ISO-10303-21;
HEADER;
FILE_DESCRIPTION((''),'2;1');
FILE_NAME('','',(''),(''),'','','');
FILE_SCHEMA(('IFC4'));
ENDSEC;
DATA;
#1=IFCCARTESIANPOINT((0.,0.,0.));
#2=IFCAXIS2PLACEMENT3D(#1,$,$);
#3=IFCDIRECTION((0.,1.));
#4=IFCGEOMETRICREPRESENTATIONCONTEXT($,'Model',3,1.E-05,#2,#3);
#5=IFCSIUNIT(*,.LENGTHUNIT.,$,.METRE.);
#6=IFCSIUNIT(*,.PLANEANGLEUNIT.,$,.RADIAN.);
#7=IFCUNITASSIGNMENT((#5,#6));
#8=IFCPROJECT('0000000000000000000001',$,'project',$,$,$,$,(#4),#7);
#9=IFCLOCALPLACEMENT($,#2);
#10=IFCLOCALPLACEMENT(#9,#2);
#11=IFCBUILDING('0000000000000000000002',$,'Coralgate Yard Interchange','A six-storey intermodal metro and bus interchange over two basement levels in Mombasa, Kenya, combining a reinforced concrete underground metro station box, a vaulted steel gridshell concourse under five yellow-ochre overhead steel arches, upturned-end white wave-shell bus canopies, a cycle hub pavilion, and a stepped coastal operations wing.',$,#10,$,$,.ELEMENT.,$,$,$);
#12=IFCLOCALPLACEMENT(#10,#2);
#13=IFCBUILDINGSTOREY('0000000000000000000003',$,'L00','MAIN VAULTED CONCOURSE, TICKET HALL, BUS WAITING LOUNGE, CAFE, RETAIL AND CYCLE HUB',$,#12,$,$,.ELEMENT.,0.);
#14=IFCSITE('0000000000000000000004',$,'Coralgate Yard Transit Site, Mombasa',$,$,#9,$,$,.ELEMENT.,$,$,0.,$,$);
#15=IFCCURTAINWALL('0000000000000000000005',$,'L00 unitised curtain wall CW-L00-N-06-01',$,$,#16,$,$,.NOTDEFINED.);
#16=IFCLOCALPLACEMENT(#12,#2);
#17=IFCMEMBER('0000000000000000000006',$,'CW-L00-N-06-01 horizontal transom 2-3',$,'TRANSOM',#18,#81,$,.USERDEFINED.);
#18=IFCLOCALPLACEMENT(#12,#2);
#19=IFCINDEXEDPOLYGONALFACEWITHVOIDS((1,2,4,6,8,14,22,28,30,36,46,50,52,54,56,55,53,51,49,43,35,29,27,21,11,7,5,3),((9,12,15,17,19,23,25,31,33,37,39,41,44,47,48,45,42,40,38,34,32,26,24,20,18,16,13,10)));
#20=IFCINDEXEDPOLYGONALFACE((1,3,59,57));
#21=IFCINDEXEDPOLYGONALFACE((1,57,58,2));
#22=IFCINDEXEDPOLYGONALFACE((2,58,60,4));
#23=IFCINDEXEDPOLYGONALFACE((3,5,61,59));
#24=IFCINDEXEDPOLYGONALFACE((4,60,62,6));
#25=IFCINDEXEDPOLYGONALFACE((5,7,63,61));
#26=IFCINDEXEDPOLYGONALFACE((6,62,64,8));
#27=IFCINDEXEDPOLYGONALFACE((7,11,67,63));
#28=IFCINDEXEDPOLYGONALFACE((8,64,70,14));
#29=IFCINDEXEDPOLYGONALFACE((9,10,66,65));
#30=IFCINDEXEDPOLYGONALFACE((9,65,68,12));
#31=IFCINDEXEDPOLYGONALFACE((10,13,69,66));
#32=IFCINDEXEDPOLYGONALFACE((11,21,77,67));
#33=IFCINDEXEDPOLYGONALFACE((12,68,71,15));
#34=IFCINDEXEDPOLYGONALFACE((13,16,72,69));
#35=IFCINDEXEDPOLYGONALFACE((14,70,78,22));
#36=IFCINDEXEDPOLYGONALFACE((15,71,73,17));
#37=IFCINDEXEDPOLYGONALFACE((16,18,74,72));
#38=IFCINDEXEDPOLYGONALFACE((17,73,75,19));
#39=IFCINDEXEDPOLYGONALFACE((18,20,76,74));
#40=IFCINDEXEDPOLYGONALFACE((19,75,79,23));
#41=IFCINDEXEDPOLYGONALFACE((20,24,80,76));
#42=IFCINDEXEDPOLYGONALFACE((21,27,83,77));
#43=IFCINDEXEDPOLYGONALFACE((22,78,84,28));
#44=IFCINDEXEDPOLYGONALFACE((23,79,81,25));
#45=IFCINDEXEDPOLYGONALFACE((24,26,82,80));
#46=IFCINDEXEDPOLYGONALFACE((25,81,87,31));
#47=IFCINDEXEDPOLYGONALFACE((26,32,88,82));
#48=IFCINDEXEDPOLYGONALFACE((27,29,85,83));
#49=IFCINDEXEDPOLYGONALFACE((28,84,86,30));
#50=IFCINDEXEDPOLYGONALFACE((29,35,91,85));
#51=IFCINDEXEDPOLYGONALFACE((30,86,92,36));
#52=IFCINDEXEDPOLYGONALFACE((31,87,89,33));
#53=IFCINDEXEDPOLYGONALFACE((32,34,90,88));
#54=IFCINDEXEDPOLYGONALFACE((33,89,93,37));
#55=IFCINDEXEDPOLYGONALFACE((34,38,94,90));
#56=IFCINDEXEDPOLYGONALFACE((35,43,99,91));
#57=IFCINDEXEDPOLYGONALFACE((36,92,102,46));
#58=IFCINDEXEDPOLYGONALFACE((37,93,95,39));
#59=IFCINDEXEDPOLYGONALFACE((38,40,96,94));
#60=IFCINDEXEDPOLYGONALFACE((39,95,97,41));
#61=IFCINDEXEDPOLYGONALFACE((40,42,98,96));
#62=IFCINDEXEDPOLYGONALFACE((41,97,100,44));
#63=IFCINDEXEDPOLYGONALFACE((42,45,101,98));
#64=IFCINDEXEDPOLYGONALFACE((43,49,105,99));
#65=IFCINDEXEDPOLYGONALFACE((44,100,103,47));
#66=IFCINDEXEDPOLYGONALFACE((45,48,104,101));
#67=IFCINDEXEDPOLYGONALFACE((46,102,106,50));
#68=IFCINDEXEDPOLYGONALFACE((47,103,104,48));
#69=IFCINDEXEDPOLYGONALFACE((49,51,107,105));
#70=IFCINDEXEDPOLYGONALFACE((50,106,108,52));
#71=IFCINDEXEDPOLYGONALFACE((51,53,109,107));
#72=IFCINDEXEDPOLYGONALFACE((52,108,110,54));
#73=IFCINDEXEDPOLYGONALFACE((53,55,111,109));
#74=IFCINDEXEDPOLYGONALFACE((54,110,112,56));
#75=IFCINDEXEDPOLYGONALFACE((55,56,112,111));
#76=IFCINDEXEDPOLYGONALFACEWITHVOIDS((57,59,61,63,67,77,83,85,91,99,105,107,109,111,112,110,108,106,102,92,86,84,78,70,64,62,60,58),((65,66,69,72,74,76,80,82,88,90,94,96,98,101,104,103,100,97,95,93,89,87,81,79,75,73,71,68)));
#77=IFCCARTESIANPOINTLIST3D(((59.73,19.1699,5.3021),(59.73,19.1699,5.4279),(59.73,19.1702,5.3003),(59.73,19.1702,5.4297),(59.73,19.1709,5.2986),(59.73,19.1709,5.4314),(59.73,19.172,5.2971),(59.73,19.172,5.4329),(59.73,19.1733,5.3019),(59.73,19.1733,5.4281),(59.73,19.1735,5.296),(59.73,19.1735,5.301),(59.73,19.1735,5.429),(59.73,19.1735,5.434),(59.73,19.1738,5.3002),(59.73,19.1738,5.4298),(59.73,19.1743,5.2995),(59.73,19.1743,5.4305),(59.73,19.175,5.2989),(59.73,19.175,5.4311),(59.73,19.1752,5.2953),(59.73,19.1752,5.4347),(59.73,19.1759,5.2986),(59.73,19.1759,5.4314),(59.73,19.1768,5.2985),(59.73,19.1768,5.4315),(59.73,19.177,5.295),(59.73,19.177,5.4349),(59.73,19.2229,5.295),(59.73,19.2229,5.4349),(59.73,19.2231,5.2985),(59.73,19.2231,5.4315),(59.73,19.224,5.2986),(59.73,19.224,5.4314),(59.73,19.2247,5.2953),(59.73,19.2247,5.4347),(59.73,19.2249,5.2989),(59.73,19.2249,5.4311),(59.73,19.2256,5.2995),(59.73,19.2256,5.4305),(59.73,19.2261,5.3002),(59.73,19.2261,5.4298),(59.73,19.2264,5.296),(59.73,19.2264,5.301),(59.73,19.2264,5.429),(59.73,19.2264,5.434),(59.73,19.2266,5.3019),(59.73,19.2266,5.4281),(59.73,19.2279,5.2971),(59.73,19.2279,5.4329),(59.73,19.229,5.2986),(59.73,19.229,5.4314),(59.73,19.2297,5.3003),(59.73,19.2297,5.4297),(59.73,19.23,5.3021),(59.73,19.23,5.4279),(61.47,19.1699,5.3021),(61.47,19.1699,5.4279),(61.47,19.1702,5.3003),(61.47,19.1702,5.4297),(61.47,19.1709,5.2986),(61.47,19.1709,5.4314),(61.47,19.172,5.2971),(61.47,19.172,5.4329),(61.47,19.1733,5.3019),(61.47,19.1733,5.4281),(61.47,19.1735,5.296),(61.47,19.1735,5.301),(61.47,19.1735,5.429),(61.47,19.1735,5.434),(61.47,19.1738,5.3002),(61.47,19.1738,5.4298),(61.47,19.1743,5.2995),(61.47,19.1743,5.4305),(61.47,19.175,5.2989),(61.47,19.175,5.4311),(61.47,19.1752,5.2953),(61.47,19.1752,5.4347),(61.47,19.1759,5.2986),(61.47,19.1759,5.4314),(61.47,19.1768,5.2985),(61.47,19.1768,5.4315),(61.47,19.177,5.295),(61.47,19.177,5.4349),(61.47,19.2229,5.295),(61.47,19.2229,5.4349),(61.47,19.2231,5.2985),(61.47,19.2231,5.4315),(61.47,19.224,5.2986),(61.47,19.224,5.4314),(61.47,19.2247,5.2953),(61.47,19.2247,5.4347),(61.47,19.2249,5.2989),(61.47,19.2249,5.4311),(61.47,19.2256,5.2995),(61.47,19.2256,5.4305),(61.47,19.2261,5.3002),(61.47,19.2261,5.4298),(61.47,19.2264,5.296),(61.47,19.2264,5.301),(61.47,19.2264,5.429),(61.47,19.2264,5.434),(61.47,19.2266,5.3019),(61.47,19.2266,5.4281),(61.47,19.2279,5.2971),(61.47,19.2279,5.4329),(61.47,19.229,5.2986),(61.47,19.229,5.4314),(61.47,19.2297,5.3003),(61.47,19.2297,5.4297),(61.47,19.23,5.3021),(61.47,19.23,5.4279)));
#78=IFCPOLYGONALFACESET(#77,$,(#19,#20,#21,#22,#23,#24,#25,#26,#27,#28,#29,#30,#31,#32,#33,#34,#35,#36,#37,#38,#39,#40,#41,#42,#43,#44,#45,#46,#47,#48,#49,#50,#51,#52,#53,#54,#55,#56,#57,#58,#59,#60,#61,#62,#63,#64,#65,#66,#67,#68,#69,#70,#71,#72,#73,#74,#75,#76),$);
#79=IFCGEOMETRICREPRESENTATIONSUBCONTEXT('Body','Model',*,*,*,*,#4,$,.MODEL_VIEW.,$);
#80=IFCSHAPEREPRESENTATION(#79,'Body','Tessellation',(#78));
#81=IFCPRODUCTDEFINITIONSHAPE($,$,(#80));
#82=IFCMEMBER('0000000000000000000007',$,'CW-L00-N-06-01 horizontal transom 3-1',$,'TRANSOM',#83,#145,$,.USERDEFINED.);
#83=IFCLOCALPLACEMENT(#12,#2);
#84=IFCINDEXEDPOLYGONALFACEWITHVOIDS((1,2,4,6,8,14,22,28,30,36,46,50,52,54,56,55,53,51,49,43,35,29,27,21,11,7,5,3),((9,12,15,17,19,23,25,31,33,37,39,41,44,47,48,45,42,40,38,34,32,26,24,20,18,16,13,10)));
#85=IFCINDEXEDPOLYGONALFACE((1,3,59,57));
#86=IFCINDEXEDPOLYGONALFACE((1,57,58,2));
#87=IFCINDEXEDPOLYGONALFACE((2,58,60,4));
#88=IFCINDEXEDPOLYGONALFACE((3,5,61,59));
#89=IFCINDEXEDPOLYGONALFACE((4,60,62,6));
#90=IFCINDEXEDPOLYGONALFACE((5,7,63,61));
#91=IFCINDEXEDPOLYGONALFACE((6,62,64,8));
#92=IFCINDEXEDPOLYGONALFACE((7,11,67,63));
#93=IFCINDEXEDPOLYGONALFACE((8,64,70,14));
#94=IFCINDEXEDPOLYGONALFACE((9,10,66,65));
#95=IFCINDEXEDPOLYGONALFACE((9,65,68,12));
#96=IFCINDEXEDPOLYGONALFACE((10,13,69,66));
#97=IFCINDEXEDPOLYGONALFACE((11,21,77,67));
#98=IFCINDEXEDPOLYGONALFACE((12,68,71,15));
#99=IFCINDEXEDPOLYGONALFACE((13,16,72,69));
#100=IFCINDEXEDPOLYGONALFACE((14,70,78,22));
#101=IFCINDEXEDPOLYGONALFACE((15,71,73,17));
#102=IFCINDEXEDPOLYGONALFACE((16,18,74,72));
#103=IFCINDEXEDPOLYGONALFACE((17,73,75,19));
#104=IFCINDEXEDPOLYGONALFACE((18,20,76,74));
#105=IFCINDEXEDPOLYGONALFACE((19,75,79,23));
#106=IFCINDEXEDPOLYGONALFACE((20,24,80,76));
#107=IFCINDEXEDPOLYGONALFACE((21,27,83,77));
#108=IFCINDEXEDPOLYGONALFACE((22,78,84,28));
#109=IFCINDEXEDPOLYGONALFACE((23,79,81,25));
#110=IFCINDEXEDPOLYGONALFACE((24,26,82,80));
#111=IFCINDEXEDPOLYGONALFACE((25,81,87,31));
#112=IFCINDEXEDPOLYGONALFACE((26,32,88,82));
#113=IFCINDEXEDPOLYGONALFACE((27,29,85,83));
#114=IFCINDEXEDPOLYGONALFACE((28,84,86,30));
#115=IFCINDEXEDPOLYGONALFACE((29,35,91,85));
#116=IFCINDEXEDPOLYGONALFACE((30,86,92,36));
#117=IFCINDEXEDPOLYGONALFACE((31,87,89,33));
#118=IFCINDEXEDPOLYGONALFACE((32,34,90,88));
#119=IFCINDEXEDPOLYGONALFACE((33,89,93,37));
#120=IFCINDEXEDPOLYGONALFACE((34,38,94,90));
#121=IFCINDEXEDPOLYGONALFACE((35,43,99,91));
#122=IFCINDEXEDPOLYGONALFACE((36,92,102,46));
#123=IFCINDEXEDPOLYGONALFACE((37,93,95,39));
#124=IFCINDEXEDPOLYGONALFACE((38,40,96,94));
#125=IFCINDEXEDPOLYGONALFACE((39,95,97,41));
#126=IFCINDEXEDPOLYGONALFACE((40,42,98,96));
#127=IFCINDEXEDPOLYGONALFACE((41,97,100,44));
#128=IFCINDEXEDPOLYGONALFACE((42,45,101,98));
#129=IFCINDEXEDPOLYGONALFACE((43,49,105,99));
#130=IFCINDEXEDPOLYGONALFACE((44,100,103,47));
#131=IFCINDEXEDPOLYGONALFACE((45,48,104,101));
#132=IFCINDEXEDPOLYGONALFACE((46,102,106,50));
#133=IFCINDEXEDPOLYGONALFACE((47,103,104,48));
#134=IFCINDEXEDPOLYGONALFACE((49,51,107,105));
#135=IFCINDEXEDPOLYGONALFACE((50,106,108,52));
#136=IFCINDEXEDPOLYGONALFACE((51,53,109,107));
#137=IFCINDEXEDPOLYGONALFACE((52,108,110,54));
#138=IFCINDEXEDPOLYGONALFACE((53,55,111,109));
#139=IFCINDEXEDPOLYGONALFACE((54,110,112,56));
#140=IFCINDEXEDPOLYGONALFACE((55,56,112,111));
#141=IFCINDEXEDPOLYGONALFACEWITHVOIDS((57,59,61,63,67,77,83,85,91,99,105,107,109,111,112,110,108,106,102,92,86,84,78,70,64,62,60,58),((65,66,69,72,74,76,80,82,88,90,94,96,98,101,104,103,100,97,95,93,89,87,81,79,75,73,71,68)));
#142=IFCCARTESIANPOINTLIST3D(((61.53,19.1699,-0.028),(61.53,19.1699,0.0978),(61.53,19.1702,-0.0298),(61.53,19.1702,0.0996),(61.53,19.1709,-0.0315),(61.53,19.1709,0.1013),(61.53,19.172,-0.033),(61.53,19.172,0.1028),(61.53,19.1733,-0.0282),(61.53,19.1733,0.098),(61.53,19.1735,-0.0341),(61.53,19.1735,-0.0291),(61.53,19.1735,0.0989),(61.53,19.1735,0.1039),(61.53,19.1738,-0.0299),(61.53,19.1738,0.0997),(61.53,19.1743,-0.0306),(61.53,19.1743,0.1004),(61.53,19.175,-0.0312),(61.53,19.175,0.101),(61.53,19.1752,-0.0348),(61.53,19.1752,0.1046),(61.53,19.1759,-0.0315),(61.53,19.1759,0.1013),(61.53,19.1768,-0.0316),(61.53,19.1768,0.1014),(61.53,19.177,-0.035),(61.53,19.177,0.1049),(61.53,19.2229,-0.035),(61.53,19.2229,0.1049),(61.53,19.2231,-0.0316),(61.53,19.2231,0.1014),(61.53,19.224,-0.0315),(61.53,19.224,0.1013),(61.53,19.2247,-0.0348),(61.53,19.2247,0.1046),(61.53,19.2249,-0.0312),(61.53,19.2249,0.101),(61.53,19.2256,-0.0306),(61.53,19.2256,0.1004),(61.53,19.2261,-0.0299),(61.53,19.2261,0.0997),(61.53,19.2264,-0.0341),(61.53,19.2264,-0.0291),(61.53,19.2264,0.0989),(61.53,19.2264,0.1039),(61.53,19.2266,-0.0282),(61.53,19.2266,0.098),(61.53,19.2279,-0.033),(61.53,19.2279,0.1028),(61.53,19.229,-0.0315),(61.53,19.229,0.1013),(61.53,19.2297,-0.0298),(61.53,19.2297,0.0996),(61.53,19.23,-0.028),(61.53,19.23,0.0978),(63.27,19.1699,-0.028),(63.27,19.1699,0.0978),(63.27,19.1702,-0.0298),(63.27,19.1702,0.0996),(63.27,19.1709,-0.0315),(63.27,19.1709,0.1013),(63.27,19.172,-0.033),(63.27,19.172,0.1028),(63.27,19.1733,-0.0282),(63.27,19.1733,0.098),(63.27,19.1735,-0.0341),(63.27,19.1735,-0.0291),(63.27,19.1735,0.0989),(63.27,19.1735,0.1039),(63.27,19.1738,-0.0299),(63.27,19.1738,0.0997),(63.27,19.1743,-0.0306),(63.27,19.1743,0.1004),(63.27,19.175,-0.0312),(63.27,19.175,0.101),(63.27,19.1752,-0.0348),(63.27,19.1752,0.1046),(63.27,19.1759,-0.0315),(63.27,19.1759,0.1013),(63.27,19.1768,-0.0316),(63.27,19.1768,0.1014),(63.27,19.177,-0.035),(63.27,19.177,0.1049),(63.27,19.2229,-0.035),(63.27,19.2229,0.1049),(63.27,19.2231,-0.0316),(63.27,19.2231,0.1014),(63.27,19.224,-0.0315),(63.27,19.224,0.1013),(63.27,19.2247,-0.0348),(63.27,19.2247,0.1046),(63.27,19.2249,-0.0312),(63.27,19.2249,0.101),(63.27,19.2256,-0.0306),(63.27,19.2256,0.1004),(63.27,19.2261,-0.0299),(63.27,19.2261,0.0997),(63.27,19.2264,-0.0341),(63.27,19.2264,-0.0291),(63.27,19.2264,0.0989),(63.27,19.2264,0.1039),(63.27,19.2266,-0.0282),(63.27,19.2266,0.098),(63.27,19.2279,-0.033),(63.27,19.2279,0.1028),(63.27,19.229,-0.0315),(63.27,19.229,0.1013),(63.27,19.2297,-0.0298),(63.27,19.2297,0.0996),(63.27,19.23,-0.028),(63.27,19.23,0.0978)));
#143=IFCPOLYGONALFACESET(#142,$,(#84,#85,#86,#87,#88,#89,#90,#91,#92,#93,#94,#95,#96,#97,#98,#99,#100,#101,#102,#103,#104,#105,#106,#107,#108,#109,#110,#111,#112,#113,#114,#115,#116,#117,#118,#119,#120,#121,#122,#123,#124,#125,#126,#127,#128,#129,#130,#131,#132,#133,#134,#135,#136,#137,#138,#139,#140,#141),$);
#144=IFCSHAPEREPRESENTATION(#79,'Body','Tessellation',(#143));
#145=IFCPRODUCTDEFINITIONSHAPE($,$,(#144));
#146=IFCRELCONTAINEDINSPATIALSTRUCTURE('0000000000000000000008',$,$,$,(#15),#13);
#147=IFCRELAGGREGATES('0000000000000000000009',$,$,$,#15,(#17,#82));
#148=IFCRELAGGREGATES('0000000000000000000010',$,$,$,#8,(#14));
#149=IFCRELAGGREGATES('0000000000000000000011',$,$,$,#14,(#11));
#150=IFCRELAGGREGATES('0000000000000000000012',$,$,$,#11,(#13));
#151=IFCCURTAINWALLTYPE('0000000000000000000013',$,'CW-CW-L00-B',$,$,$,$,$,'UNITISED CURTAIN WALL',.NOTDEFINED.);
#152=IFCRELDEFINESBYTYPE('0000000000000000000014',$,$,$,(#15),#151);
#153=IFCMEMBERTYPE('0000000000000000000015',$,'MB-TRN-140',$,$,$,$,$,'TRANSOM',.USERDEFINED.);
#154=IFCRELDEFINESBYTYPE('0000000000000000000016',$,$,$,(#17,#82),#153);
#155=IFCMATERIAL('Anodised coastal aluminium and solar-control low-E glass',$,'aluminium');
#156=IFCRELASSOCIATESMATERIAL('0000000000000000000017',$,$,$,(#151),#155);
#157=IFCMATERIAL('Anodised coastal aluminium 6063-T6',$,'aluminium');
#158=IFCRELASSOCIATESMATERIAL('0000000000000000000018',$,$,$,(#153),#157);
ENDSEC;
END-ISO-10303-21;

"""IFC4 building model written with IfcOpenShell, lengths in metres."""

from ifc_helpers import new_model, si_unit, direction, frame, origin, origin_2d, place, context, subcontext, project, spatial, hollow_rectangle, extrude, material, material_profile, profile_set, type_object, element, aggregate, save


model = new_model("IFC4")

# Units and contexts
model_context = context("Model", 3, precision=1e-05, world=origin(), true_north=direction((0.0, 1.0)))
body_context = subcontext(model_context, "Body", "Model", "MODEL_VIEW")
ifc_project = project(units=[si_unit("LENGTHUNIT", "METRE"), si_unit("PLANEANGLEUNIT", "RADIAN")], contexts=[model_context])

# Site, building, storey
site_placement = place(None, origin())
site = spatial("IfcSite", under=ifc_project, at=site_placement, Name="Coralgate Yard Transit Site, Mombasa", CompositionType="ELEMENT", RefElevation=0.0)
building_placement = place(site_placement, origin())
building = spatial("IfcBuilding", under=site, at=building_placement, Name="Coralgate Yard Interchange", Description="A six-storey intermodal metro and bus interchange over two basement levels in Mombasa, Kenya, combining a reinforced concrete underground metro station box, a vaulted steel gridshell concourse under five yellow-ochre overhead steel arches, upturned-end white wave-shell bus canopies, a cycle hub pavilion, and a stepped coastal operations wing.", CompositionType="ELEMENT")
storey_placement = place(building_placement, origin())
storey = spatial("IfcBuildingStorey", under=building, at=storey_placement, Name="L00", Description="MAIN VAULTED CONCOURSE, TICKET HALL, BUS WAITING LOUNGE, CAFE, RETAIL AND CYCLE HUB", CompositionType="ELEMENT", Elevation=0.0)

# Curtain wall, members
ifc_material_1 = material(Name="Anodised coastal aluminium and solar-control low-E glass", Category="aluminium")
curtain_wall_type = type_object("IfcCurtainWallType", Name="CW-CW-L00-B", ElementType="UNITISED CURTAIN WALL", PredefinedType="NOTDEFINED", material=ifc_material_1)
curtain_wall_placement = place(storey_placement, origin())
curtain_wall = element("IfcCurtainWall", 1, at=curtain_wall_placement, inside=storey, type_object=curtain_wall_type, Name="L00 unitised curtain wall CW-L00-N-06-01", PredefinedType="NOTDEFINED")
ifc_material_2 = material(Name="Anodised coastal aluminium 6063-T6", Category="aluminium")
ifc_material_profile_1 = material_profile(ifc_material_2, hollow_rectangle(XDim=0.0601, YDim=0.1399, WallThickness=0.0034, InnerFilletRadius=0.0034, OuterFilletRadius=0.0071, at=origin_2d()), Name="ALU 60x140x3.5")
ifc_profile_set_1 = profile_set([ifc_material_profile_1], Name="Anodised coastal aluminium 6063-T6")
member_type_1 = type_object("IfcMemberType", Name="MB-TRN-140", ElementType="TRANSOM", PredefinedType="USERDEFINED", material=ifc_profile_set_1)
member_1_placement = place(storey_placement, frame((59.73, 19.2, 5.365), z_axis=(1.0, 0.0, 0.0), x_axis=(0.0, 1.0, 0.0)))
member_1 = element("IfcMember", 2, at=member_1_placement, type_object=member_type_1, Name="CW-L00-N-06-01 horizontal transom 2-3", ObjectType="TRANSOM", PredefinedType="USERDEFINED", context=body_context, shape_type="SweptSolid", body=[
    extrude(hollow_rectangle(XDim=0.0601, YDim=0.1399, WallThickness=0.0034, InnerFilletRadius=0.0034, OuterFilletRadius=0.0071, at=origin_2d()), origin(), (0.0, 0.0, 1.0), 1.74),
])
member_2_placement = place(storey_placement, frame((61.53, 19.2, 0.0349), z_axis=(1.0, 0.0, 0.0), x_axis=(0.0, 1.0, 0.0)))
member_2 = element("IfcMember", 3, at=member_2_placement, type_object=member_type_1, Name="CW-L00-N-06-01 horizontal transom 3-1", ObjectType="TRANSOM", PredefinedType="USERDEFINED", context=body_context, shape_type="SweptSolid", body=[
    extrude(hollow_rectangle(XDim=0.0601, YDim=0.1399, WallThickness=0.0034, InnerFilletRadius=0.0034, OuterFilletRadius=0.0071, at=origin_2d()), origin(), (0.0, 0.0, 1.0), 1.74),
])
aggregate(curtain_wall, [member_1, member_2])

save(model, "model.ifc")
